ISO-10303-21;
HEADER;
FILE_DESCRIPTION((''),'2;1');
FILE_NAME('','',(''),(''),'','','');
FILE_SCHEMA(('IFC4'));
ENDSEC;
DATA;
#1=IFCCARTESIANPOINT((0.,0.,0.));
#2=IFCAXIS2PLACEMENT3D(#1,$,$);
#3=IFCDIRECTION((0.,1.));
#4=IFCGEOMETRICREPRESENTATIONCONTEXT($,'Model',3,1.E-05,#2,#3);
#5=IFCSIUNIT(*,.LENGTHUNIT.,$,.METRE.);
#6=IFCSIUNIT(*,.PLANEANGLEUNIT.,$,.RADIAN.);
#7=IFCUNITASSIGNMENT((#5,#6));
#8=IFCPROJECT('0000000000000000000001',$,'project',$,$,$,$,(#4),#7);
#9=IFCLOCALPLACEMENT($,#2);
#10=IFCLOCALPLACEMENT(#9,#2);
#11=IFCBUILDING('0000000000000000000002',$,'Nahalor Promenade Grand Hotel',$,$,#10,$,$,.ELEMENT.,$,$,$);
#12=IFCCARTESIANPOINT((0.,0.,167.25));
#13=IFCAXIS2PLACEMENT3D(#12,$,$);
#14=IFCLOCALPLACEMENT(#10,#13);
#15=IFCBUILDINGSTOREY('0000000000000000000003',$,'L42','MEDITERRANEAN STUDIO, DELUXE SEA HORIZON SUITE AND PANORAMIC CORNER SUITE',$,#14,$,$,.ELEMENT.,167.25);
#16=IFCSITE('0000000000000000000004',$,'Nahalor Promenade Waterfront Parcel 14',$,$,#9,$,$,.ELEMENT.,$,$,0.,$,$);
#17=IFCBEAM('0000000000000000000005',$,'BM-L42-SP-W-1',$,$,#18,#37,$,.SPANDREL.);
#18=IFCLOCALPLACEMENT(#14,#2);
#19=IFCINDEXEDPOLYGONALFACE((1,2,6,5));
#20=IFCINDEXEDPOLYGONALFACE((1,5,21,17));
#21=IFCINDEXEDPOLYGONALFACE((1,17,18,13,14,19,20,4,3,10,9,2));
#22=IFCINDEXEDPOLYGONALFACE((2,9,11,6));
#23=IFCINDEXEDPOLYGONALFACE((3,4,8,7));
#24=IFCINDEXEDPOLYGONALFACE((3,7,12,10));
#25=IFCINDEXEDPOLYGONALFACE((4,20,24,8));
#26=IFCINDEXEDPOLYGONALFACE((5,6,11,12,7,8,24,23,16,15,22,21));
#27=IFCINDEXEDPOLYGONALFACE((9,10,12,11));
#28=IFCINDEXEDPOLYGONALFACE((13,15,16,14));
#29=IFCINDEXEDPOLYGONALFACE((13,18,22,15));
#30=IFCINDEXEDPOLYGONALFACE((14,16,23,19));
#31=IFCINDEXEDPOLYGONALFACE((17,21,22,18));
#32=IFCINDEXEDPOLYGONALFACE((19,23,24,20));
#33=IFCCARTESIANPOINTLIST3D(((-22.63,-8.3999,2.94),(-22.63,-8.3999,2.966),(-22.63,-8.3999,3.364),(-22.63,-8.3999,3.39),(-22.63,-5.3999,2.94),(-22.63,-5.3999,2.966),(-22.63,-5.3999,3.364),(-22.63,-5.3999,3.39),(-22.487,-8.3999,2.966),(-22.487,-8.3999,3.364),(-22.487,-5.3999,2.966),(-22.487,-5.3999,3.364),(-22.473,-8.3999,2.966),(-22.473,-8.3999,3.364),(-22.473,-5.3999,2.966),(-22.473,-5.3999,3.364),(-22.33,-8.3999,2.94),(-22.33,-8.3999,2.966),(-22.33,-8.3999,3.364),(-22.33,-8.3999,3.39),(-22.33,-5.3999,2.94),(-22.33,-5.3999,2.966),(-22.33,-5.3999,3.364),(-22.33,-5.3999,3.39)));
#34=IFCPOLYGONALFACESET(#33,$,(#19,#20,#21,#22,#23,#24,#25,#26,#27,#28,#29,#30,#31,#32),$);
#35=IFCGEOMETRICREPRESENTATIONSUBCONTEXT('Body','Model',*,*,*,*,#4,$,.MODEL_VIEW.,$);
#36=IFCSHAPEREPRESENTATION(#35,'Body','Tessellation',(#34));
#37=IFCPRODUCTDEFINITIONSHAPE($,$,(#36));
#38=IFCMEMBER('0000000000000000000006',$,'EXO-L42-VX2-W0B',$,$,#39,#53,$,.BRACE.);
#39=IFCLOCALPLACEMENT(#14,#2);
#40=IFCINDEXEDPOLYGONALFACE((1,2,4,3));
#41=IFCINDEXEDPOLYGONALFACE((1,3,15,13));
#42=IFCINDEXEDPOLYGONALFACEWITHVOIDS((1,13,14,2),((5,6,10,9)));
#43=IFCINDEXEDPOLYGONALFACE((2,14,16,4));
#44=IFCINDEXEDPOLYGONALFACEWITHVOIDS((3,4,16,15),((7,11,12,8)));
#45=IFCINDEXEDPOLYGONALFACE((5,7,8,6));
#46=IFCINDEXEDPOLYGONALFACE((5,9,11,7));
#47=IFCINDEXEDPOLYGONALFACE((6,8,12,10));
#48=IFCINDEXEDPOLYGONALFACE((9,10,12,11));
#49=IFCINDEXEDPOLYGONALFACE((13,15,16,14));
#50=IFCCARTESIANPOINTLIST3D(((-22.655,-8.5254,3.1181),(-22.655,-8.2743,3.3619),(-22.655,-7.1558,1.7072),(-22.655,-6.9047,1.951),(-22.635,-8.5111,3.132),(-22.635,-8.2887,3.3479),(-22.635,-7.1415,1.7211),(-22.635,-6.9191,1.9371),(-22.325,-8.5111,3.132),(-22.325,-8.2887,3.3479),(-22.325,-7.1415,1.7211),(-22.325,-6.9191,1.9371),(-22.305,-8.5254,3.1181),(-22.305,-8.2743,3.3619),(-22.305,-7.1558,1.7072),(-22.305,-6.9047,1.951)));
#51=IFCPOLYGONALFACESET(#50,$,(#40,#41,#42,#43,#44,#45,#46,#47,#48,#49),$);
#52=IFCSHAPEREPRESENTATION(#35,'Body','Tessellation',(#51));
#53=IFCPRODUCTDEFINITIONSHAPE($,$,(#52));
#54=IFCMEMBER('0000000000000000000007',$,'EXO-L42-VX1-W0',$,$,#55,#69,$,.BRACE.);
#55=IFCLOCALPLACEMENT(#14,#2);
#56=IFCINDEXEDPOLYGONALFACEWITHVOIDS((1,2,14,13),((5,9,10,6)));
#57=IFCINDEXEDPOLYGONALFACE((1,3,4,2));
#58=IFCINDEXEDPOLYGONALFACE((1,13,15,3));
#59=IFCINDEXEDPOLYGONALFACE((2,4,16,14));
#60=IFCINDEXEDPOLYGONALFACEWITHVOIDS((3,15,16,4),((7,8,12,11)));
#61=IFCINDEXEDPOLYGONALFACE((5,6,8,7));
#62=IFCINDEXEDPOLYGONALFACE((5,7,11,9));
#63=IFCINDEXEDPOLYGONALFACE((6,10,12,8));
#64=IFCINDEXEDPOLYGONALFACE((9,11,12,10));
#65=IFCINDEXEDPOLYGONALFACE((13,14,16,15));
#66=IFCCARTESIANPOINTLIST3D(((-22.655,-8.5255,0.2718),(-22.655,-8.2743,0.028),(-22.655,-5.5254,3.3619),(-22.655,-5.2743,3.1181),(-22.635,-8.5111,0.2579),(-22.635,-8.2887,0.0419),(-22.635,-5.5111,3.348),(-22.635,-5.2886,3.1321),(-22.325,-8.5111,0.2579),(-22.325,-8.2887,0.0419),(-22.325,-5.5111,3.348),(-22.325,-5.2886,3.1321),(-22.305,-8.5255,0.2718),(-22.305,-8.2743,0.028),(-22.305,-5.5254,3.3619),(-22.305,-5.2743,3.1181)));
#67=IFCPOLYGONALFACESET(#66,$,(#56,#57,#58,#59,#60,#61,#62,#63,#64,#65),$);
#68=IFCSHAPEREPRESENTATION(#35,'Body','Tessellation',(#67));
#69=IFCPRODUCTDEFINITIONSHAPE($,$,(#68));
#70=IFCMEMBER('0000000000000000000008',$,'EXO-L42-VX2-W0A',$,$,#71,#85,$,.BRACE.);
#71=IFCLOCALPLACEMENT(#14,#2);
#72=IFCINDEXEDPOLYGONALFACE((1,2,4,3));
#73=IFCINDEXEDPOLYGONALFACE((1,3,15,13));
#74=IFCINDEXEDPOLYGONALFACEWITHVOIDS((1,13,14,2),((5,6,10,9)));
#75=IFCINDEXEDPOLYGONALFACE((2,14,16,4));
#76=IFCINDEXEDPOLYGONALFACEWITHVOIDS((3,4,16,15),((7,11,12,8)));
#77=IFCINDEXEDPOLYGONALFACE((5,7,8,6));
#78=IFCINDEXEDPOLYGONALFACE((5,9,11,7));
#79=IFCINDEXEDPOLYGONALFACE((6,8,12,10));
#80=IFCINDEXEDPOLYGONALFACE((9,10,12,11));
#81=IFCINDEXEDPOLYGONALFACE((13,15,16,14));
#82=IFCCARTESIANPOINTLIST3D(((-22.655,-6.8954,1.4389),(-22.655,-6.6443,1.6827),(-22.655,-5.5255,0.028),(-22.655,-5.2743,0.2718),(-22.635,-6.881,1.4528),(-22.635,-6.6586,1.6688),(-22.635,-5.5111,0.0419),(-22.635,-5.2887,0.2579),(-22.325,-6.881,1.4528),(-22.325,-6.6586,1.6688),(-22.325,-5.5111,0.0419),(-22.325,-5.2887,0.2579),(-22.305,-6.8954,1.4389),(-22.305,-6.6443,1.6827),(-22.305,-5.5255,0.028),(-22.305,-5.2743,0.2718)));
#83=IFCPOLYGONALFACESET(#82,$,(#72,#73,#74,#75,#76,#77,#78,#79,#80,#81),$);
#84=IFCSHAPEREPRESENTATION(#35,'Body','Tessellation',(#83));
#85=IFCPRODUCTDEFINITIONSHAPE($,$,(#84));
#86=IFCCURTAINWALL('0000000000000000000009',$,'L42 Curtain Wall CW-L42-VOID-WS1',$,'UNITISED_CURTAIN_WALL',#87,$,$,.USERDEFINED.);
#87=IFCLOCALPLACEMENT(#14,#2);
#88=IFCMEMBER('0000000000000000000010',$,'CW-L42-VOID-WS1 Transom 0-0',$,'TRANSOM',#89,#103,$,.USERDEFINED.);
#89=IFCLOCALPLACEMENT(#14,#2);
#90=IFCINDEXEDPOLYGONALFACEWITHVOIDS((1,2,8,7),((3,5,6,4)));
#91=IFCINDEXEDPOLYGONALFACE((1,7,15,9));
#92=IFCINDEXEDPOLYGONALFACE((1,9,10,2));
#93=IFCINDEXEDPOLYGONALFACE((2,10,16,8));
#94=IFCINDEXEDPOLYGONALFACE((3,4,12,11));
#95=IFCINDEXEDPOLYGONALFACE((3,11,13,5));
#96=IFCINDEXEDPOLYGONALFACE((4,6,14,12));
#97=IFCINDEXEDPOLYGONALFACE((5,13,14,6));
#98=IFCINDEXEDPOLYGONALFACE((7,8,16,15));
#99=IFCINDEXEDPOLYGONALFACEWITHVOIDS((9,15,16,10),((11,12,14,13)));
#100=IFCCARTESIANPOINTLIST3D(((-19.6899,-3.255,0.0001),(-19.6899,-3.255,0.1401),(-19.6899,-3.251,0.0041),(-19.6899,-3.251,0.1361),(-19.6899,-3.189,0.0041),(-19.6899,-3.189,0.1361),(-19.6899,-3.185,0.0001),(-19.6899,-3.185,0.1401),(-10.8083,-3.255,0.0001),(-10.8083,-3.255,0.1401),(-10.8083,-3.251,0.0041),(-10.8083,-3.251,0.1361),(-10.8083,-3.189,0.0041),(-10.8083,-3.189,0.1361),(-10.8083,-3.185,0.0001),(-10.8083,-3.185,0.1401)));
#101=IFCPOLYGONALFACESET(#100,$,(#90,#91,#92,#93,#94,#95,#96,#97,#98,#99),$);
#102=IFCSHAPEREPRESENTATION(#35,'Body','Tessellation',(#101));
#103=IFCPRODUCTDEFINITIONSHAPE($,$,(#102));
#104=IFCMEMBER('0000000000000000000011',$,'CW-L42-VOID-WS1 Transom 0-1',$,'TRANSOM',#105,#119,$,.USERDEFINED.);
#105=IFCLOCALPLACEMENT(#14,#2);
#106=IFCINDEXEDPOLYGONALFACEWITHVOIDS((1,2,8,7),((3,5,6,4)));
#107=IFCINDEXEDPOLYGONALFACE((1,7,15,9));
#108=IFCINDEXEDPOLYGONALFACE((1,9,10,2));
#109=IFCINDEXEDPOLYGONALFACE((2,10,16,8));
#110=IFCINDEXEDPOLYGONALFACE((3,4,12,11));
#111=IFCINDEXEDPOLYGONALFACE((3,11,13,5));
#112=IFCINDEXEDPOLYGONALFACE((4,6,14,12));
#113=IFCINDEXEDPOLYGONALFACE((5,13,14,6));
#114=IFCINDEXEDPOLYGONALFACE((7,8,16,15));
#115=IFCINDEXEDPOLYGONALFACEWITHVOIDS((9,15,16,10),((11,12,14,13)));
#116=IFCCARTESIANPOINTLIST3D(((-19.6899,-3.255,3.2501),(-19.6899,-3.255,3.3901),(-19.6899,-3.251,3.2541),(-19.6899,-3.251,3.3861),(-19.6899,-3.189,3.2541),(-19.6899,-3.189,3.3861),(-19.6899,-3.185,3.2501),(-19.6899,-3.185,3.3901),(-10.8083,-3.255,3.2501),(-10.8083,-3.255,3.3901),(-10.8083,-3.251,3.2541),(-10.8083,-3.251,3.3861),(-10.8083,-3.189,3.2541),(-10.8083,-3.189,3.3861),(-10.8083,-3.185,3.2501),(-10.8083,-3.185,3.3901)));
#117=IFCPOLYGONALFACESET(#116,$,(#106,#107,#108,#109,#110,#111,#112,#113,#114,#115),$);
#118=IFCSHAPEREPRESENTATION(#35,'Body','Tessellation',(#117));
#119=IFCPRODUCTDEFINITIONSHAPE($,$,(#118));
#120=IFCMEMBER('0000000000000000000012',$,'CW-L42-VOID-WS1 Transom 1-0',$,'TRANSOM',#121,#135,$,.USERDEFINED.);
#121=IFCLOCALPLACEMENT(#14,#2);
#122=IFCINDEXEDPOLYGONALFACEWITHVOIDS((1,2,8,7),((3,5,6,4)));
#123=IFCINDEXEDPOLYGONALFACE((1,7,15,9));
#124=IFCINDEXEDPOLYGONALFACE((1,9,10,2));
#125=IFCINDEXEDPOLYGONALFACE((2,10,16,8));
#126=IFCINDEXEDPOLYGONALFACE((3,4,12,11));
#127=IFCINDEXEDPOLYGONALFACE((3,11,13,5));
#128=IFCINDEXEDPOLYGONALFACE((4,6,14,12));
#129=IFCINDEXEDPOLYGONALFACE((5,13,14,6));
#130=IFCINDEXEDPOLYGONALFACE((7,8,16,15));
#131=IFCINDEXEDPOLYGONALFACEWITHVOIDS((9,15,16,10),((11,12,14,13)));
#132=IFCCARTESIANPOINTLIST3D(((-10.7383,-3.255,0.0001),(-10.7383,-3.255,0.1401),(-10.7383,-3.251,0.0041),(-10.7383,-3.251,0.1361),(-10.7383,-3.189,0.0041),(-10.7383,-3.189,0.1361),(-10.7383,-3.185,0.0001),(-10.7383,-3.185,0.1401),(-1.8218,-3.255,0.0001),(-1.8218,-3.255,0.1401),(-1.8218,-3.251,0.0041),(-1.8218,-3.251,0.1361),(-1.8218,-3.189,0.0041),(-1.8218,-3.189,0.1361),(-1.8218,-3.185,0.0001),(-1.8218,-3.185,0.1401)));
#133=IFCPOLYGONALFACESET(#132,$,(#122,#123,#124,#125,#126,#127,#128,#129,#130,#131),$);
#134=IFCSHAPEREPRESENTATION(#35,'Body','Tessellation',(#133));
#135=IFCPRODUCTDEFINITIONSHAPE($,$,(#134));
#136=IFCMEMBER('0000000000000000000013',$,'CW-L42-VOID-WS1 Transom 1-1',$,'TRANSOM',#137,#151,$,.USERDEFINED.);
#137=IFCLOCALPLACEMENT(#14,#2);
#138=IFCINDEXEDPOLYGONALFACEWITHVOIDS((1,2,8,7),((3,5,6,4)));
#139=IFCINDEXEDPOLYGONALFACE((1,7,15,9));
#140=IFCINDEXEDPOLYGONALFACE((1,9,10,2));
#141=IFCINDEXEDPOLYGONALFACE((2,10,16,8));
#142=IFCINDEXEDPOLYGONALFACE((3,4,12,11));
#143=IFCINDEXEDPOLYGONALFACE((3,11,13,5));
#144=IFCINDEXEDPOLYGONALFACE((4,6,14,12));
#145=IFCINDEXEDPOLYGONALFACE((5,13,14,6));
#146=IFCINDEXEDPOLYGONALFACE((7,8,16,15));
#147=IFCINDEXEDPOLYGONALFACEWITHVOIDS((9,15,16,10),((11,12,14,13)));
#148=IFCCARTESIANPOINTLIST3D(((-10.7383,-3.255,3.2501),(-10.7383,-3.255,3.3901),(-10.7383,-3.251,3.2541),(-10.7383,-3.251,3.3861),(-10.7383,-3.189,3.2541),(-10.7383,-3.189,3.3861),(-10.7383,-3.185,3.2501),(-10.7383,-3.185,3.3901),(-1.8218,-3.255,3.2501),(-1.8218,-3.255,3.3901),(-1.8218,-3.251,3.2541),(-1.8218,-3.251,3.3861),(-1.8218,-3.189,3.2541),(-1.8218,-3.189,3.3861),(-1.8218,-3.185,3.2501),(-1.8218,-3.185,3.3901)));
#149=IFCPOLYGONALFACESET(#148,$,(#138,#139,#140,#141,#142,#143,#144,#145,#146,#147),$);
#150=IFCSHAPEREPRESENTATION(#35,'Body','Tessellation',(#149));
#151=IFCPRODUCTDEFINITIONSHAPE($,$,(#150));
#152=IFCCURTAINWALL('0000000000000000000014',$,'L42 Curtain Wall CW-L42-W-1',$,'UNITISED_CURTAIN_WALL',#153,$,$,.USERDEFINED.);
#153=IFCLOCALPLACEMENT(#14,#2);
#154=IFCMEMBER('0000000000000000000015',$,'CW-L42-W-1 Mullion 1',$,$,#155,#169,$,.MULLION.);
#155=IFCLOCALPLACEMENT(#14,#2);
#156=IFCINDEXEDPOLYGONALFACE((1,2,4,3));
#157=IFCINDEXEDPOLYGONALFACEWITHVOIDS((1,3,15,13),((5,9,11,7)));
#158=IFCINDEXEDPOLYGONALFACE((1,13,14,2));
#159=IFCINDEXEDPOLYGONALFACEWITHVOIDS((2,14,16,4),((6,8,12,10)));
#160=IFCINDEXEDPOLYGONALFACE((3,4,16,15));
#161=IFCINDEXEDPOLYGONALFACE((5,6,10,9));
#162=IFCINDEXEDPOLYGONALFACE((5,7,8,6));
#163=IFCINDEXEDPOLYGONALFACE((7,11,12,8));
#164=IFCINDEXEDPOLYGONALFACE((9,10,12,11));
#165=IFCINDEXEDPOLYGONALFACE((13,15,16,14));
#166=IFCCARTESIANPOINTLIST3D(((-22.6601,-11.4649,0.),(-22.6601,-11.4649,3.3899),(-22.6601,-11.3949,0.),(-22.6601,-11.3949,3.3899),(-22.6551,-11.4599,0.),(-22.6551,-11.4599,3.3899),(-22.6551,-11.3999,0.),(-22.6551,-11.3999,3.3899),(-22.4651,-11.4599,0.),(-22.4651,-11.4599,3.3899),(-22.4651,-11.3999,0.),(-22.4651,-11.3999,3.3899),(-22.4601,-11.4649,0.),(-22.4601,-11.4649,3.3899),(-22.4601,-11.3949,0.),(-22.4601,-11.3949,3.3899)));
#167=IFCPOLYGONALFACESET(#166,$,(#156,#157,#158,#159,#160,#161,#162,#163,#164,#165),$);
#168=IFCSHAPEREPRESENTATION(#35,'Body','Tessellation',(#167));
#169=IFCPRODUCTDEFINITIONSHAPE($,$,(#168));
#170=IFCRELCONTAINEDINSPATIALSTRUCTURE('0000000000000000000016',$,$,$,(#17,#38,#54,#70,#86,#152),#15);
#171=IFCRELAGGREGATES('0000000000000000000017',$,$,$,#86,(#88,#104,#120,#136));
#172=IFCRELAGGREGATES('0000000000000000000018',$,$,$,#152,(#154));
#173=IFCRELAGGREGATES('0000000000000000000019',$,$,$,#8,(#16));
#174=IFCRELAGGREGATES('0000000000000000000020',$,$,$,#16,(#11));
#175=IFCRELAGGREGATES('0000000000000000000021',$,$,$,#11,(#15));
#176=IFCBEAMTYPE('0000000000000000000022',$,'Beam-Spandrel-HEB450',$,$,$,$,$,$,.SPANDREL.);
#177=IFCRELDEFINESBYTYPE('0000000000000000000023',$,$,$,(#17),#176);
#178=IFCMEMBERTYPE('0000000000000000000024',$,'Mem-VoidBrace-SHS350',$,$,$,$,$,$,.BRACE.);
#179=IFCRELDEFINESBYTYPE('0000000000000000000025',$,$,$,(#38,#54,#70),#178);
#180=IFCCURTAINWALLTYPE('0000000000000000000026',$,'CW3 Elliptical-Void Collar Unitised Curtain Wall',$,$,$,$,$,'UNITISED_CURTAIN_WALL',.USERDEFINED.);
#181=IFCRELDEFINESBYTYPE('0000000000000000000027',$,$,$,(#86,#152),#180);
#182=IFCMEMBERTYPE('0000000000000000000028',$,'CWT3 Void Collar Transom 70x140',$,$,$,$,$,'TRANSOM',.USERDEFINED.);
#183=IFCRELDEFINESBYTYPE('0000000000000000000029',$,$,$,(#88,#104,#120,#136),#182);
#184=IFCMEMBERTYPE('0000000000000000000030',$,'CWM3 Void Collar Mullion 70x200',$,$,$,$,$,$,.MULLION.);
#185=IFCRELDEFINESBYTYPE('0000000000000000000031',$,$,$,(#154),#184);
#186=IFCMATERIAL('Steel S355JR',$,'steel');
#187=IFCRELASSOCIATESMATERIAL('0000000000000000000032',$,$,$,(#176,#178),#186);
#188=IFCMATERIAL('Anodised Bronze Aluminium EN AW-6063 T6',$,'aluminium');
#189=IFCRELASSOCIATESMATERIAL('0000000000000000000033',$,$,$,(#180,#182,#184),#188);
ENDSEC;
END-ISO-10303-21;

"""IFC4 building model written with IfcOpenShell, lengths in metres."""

from ifc_helpers import new_model, si_unit, direction, frame, origin, origin_2d, place, context, subcontext, project, spatial, hollow_rectangle, i_section, extrude, source, transform, mapped, material, material_profile, profile_set, type_object, element, aggregate, save


model = new_model("IFC4")

# Units and contexts
model_context = context("Model", 3, precision=1e-05, world=origin(), true_north=direction((0.0, 1.0)))
body_context = subcontext(model_context, "Body", "Model", "MODEL_VIEW")
ifc_project = project(units=[si_unit("LENGTHUNIT", "METRE"), si_unit("PLANEANGLEUNIT", "RADIAN")], contexts=[model_context])

# Site, building, storey
site_placement = place(None, origin())
site = spatial("IfcSite", under=ifc_project, at=site_placement, Name="Nahalor Promenade Waterfront Parcel 14", CompositionType="ELEMENT", RefElevation=0.0)
building_placement = place(site_placement, origin())
building = spatial("IfcBuilding", under=site, at=building_placement, Name="Nahalor Promenade Grand Hotel", CompositionType="ELEMENT")
storey_placement = place(building_placement, frame((0.0, 0.0, 167.25)))
storey = spatial("IfcBuildingStorey", under=building, at=storey_placement, Name="L42", Description="MEDITERRANEAN STUDIO, DELUXE SEA HORIZON SUITE AND PANORAMIC CORNER SUITE", CompositionType="ELEMENT", Elevation=167.25)

# Beam
ifc_material_1 = material(Name="Steel S355JR", Category="steel")
ifc_material_profile_1 = material_profile(ifc_material_1, i_section(OverallWidth=0.3, OverallDepth=0.45, WebThickness=0.014, FlangeThickness=0.026, at=origin_2d()), Name="HEB 450")
ifc_profile_set_1 = profile_set([ifc_material_profile_1], Name="Steel S355JR")
beam_type_1 = type_object("IfcBeamType", Name="Beam-Spandrel-HEB450", PredefinedType="SPANDREL", material=ifc_profile_set_1)
shared_shape_1 = source(origin(), body_context, "Body", "SweptSolid", [
    extrude(i_section(OverallWidth=0.3, OverallDepth=0.45, WebThickness=0.014, FlangeThickness=0.026, at=origin_2d()), origin(), (0.0, 0.0, 1.0), 3.0),
])
beam_1_placement = place(storey_placement, frame((-22.48, -8.3999, 3.165), z_axis=(0.0, 1.0, 0.0), x_axis=(-1.0, 0.0, 0.0)))
element("IfcBeam", 1, at=beam_1_placement, inside=storey, type_object=beam_type_1, Name="BM-L42-SP-W-1", PredefinedType="SPANDREL", context=body_context, shape_type="MappedRepresentation", body=[
    mapped(shared_shape_1, transform((0.0, 0.0, 0.0), scale=1.0)),
])

# Members
ifc_material_profile_2 = material_profile(ifc_material_1, hollow_rectangle(XDim=0.35, YDim=0.35, WallThickness=0.02, at=origin_2d()), Name="SHS 350x350x20")
ifc_profile_set_2 = profile_set([ifc_material_profile_2], Name="Steel S355JR")
member_type_1 = type_object("IfcMemberType", Name="Mem-VoidBrace-SHS350", PredefinedType="BRACE", material=ifc_profile_set_2)
shared_shape_2 = source(origin(), body_context, "Body", "SweptSolid", [
    extrude(hollow_rectangle(XDim=0.35, YDim=0.35, WallThickness=0.02, at=origin_2d()), origin(), (0.0, 0.0, 1.0), 1.9663),
])
member_1_placement = place(storey_placement, frame((-22.48, -7.0303, 1.8291), z_axis=(0.0, -0.696537, 0.71752), x_axis=(1.0, 0.0, 0.0)))
element("IfcMember", 2, at=member_1_placement, inside=storey, type_object=member_type_1, Name="EXO-L42-VX2-W0B", PredefinedType="BRACE", context=body_context, shape_type="MappedRepresentation", body=[
    mapped(shared_shape_2, transform((0.0, 0.0, 0.0), scale=1.0)),
])
shared_shape_3 = source(origin(), body_context, "Body", "SweptSolid", [
    extrude(hollow_rectangle(XDim=0.35, YDim=0.35, WallThickness=0.02, at=origin_2d()), origin(), (0.0, 0.0, 1.0), 4.3069),
])
member_2_placement = place(storey_placement, frame((-22.48, -8.3999, 0.1499), z_axis=(0.0, 0.696571, 0.717488), x_axis=(-1.0, 0.0, 0.0)))
element("IfcMember", 3, at=member_2_placement, inside=storey, type_object=member_type_1, Name="EXO-L42-VX1-W0", PredefinedType="BRACE", context=body_context, shape_type="MappedRepresentation", body=[
    mapped(shared_shape_3, transform((0.0, 0.0, 0.0), scale=1.0)),
])
shared_shape_4 = source(origin(), body_context, "Body", "SweptSolid", [
    extrude(hollow_rectangle(XDim=0.35, YDim=0.35, WallThickness=0.02, at=origin_2d()), origin(), (0.0, 0.0, 1.0), 1.9666),
])
member_3_placement = place(storey_placement, frame((-22.48, -5.3999, 0.1499), z_axis=(0.0, -0.696601, 0.717458), x_axis=(1.0, 0.0, 0.0)))
element("IfcMember", 4, at=member_3_placement, inside=storey, type_object=member_type_1, Name="EXO-L42-VX2-W0A", PredefinedType="BRACE", context=body_context, shape_type="MappedRepresentation", body=[
    mapped(shared_shape_4, transform((0.0, 0.0, 0.0), scale=1.0)),
])

# Curtain walls, members
ifc_material_2 = material(Name="Anodised Bronze Aluminium EN AW-6063 T6", Category="aluminium")
curtain_wall_type = type_object("IfcCurtainWallType", Name="CW3 Elliptical-Void Collar Unitised Curtain Wall", ElementType="UNITISED_CURTAIN_WALL", PredefinedType="USERDEFINED", material=ifc_material_2)
curtain_wall_1_placement = place(storey_placement, origin())
curtain_wall_1 = element("IfcCurtainWall", 5, at=curtain_wall_1_placement, inside=storey, type_object=curtain_wall_type, Name="L42 Curtain Wall CW-L42-VOID-WS1", ObjectType="UNITISED_CURTAIN_WALL", PredefinedType="USERDEFINED")
ifc_material_profile_3 = material_profile(ifc_material_2, hollow_rectangle(XDim=0.07, YDim=0.14, WallThickness=0.004, at=origin_2d()), Name="CWT 70x140x4")
ifc_profile_set_3 = profile_set([ifc_material_profile_3], Name="Anodised Bronze Aluminium EN AW-6063 T6")
member_type_2 = type_object("IfcMemberType", Name="CWT3 Void Collar Transom 70x140", ElementType="TRANSOM", PredefinedType="USERDEFINED", material=ifc_profile_set_3)
shared_shape_5 = source(origin(), body_context, "Body", "SweptSolid", [
    extrude(hollow_rectangle(XDim=0.07, YDim=0.14, WallThickness=0.004, at=origin_2d()), origin(), (0.0, 0.0, 1.0), 8.8816),
])
member_4_placement = place(storey_placement, frame((-19.6899, -3.22, 0.0701), z_axis=(1.0, 0.0, 0.0), x_axis=(0.0, 1.0, 0.0)))
member_4 = element("IfcMember", 6, at=member_4_placement, type_object=member_type_2, Name="CW-L42-VOID-WS1 Transom 0-0", ObjectType="TRANSOM", PredefinedType="USERDEFINED", context=body_context, shape_type="MappedRepresentation", body=[
    mapped(shared_shape_5, transform((0.0, 0.0, 0.0), scale=1.0)),
])
member_5_placement = place(storey_placement, frame((-19.6899, -3.22, 3.3201), z_axis=(1.0, 0.0, 0.0), x_axis=(0.0, 1.0, 0.0)))
member_5 = element("IfcMember", 7, at=member_5_placement, type_object=member_type_2, Name="CW-L42-VOID-WS1 Transom 0-1", ObjectType="TRANSOM", PredefinedType="USERDEFINED", context=body_context, shape_type="MappedRepresentation", body=[
    mapped(shared_shape_5, transform((0.0, 0.0, 0.0), scale=1.0)),
])
shared_shape_6 = source(origin(), body_context, "Body", "SweptSolid", [
    extrude(hollow_rectangle(XDim=0.07, YDim=0.14, WallThickness=0.004, at=origin_2d()), origin(), (0.0, 0.0, 1.0), 8.9165),
])
member_6_placement = place(storey_placement, frame((-10.7383, -3.22, 0.0701), z_axis=(1.0, 0.0, 0.0), x_axis=(0.0, 1.0, 0.0)))
member_6 = element("IfcMember", 8, at=member_6_placement, type_object=member_type_2, Name="CW-L42-VOID-WS1 Transom 1-0", ObjectType="TRANSOM", PredefinedType="USERDEFINED", context=body_context, shape_type="MappedRepresentation", body=[
    mapped(shared_shape_6, transform((0.0, 0.0, 0.0), scale=1.0)),
])
member_7_placement = place(storey_placement, frame((-10.7383, -3.22, 3.3201), z_axis=(1.0, 0.0, 0.0), x_axis=(0.0, 1.0, 0.0)))
member_7 = element("IfcMember", 9, at=member_7_placement, type_object=member_type_2, Name="CW-L42-VOID-WS1 Transom 1-1", ObjectType="TRANSOM", PredefinedType="USERDEFINED", context=body_context, shape_type="MappedRepresentation", body=[
    mapped(shared_shape_6, transform((0.0, 0.0, 0.0), scale=1.0)),
])
curtain_wall_2_placement = place(storey_placement, origin())
curtain_wall_2 = element("IfcCurtainWall", 10, at=curtain_wall_2_placement, inside=storey, type_object=curtain_wall_type, Name="L42 Curtain Wall CW-L42-W-1", ObjectType="UNITISED_CURTAIN_WALL", PredefinedType="USERDEFINED")
ifc_material_profile_4 = material_profile(ifc_material_2, hollow_rectangle(XDim=0.07, YDim=0.2, WallThickness=0.005, at=origin_2d()), Name="CWM 70x200x5")
ifc_profile_set_4 = profile_set([ifc_material_profile_4], Name="Anodised Bronze Aluminium EN AW-6063 T6")
member_type_3 = type_object("IfcMemberType", Name="CWM3 Void Collar Mullion 70x200", PredefinedType="MULLION", material=ifc_profile_set_4)
shared_shape_7 = source(origin(), body_context, "Body", "SweptSolid", [
    extrude(hollow_rectangle(XDim=0.07, YDim=0.2, WallThickness=0.005, at=origin_2d()), origin(), (0.0, 0.0, 1.0), 3.3899),
])
member_8_placement = place(storey_placement, frame((-22.5601, -11.4299, 0.0), z_axis=(0.0, 0.0, 1.0), x_axis=(0.0, 1.0, 0.0)))
member_8 = element("IfcMember", 11, at=member_8_placement, type_object=member_type_3, Name="CW-L42-W-1 Mullion 1", PredefinedType="MULLION", context=body_context, shape_type="MappedRepresentation", body=[
    mapped(shared_shape_7, transform((0.0, 0.0, 0.0), scale=1.0)),
])

aggregate(curtain_wall_1, [member_4, member_5, member_6, member_7])
aggregate(curtain_wall_2, [member_8])

save(model, "model.ifc")
